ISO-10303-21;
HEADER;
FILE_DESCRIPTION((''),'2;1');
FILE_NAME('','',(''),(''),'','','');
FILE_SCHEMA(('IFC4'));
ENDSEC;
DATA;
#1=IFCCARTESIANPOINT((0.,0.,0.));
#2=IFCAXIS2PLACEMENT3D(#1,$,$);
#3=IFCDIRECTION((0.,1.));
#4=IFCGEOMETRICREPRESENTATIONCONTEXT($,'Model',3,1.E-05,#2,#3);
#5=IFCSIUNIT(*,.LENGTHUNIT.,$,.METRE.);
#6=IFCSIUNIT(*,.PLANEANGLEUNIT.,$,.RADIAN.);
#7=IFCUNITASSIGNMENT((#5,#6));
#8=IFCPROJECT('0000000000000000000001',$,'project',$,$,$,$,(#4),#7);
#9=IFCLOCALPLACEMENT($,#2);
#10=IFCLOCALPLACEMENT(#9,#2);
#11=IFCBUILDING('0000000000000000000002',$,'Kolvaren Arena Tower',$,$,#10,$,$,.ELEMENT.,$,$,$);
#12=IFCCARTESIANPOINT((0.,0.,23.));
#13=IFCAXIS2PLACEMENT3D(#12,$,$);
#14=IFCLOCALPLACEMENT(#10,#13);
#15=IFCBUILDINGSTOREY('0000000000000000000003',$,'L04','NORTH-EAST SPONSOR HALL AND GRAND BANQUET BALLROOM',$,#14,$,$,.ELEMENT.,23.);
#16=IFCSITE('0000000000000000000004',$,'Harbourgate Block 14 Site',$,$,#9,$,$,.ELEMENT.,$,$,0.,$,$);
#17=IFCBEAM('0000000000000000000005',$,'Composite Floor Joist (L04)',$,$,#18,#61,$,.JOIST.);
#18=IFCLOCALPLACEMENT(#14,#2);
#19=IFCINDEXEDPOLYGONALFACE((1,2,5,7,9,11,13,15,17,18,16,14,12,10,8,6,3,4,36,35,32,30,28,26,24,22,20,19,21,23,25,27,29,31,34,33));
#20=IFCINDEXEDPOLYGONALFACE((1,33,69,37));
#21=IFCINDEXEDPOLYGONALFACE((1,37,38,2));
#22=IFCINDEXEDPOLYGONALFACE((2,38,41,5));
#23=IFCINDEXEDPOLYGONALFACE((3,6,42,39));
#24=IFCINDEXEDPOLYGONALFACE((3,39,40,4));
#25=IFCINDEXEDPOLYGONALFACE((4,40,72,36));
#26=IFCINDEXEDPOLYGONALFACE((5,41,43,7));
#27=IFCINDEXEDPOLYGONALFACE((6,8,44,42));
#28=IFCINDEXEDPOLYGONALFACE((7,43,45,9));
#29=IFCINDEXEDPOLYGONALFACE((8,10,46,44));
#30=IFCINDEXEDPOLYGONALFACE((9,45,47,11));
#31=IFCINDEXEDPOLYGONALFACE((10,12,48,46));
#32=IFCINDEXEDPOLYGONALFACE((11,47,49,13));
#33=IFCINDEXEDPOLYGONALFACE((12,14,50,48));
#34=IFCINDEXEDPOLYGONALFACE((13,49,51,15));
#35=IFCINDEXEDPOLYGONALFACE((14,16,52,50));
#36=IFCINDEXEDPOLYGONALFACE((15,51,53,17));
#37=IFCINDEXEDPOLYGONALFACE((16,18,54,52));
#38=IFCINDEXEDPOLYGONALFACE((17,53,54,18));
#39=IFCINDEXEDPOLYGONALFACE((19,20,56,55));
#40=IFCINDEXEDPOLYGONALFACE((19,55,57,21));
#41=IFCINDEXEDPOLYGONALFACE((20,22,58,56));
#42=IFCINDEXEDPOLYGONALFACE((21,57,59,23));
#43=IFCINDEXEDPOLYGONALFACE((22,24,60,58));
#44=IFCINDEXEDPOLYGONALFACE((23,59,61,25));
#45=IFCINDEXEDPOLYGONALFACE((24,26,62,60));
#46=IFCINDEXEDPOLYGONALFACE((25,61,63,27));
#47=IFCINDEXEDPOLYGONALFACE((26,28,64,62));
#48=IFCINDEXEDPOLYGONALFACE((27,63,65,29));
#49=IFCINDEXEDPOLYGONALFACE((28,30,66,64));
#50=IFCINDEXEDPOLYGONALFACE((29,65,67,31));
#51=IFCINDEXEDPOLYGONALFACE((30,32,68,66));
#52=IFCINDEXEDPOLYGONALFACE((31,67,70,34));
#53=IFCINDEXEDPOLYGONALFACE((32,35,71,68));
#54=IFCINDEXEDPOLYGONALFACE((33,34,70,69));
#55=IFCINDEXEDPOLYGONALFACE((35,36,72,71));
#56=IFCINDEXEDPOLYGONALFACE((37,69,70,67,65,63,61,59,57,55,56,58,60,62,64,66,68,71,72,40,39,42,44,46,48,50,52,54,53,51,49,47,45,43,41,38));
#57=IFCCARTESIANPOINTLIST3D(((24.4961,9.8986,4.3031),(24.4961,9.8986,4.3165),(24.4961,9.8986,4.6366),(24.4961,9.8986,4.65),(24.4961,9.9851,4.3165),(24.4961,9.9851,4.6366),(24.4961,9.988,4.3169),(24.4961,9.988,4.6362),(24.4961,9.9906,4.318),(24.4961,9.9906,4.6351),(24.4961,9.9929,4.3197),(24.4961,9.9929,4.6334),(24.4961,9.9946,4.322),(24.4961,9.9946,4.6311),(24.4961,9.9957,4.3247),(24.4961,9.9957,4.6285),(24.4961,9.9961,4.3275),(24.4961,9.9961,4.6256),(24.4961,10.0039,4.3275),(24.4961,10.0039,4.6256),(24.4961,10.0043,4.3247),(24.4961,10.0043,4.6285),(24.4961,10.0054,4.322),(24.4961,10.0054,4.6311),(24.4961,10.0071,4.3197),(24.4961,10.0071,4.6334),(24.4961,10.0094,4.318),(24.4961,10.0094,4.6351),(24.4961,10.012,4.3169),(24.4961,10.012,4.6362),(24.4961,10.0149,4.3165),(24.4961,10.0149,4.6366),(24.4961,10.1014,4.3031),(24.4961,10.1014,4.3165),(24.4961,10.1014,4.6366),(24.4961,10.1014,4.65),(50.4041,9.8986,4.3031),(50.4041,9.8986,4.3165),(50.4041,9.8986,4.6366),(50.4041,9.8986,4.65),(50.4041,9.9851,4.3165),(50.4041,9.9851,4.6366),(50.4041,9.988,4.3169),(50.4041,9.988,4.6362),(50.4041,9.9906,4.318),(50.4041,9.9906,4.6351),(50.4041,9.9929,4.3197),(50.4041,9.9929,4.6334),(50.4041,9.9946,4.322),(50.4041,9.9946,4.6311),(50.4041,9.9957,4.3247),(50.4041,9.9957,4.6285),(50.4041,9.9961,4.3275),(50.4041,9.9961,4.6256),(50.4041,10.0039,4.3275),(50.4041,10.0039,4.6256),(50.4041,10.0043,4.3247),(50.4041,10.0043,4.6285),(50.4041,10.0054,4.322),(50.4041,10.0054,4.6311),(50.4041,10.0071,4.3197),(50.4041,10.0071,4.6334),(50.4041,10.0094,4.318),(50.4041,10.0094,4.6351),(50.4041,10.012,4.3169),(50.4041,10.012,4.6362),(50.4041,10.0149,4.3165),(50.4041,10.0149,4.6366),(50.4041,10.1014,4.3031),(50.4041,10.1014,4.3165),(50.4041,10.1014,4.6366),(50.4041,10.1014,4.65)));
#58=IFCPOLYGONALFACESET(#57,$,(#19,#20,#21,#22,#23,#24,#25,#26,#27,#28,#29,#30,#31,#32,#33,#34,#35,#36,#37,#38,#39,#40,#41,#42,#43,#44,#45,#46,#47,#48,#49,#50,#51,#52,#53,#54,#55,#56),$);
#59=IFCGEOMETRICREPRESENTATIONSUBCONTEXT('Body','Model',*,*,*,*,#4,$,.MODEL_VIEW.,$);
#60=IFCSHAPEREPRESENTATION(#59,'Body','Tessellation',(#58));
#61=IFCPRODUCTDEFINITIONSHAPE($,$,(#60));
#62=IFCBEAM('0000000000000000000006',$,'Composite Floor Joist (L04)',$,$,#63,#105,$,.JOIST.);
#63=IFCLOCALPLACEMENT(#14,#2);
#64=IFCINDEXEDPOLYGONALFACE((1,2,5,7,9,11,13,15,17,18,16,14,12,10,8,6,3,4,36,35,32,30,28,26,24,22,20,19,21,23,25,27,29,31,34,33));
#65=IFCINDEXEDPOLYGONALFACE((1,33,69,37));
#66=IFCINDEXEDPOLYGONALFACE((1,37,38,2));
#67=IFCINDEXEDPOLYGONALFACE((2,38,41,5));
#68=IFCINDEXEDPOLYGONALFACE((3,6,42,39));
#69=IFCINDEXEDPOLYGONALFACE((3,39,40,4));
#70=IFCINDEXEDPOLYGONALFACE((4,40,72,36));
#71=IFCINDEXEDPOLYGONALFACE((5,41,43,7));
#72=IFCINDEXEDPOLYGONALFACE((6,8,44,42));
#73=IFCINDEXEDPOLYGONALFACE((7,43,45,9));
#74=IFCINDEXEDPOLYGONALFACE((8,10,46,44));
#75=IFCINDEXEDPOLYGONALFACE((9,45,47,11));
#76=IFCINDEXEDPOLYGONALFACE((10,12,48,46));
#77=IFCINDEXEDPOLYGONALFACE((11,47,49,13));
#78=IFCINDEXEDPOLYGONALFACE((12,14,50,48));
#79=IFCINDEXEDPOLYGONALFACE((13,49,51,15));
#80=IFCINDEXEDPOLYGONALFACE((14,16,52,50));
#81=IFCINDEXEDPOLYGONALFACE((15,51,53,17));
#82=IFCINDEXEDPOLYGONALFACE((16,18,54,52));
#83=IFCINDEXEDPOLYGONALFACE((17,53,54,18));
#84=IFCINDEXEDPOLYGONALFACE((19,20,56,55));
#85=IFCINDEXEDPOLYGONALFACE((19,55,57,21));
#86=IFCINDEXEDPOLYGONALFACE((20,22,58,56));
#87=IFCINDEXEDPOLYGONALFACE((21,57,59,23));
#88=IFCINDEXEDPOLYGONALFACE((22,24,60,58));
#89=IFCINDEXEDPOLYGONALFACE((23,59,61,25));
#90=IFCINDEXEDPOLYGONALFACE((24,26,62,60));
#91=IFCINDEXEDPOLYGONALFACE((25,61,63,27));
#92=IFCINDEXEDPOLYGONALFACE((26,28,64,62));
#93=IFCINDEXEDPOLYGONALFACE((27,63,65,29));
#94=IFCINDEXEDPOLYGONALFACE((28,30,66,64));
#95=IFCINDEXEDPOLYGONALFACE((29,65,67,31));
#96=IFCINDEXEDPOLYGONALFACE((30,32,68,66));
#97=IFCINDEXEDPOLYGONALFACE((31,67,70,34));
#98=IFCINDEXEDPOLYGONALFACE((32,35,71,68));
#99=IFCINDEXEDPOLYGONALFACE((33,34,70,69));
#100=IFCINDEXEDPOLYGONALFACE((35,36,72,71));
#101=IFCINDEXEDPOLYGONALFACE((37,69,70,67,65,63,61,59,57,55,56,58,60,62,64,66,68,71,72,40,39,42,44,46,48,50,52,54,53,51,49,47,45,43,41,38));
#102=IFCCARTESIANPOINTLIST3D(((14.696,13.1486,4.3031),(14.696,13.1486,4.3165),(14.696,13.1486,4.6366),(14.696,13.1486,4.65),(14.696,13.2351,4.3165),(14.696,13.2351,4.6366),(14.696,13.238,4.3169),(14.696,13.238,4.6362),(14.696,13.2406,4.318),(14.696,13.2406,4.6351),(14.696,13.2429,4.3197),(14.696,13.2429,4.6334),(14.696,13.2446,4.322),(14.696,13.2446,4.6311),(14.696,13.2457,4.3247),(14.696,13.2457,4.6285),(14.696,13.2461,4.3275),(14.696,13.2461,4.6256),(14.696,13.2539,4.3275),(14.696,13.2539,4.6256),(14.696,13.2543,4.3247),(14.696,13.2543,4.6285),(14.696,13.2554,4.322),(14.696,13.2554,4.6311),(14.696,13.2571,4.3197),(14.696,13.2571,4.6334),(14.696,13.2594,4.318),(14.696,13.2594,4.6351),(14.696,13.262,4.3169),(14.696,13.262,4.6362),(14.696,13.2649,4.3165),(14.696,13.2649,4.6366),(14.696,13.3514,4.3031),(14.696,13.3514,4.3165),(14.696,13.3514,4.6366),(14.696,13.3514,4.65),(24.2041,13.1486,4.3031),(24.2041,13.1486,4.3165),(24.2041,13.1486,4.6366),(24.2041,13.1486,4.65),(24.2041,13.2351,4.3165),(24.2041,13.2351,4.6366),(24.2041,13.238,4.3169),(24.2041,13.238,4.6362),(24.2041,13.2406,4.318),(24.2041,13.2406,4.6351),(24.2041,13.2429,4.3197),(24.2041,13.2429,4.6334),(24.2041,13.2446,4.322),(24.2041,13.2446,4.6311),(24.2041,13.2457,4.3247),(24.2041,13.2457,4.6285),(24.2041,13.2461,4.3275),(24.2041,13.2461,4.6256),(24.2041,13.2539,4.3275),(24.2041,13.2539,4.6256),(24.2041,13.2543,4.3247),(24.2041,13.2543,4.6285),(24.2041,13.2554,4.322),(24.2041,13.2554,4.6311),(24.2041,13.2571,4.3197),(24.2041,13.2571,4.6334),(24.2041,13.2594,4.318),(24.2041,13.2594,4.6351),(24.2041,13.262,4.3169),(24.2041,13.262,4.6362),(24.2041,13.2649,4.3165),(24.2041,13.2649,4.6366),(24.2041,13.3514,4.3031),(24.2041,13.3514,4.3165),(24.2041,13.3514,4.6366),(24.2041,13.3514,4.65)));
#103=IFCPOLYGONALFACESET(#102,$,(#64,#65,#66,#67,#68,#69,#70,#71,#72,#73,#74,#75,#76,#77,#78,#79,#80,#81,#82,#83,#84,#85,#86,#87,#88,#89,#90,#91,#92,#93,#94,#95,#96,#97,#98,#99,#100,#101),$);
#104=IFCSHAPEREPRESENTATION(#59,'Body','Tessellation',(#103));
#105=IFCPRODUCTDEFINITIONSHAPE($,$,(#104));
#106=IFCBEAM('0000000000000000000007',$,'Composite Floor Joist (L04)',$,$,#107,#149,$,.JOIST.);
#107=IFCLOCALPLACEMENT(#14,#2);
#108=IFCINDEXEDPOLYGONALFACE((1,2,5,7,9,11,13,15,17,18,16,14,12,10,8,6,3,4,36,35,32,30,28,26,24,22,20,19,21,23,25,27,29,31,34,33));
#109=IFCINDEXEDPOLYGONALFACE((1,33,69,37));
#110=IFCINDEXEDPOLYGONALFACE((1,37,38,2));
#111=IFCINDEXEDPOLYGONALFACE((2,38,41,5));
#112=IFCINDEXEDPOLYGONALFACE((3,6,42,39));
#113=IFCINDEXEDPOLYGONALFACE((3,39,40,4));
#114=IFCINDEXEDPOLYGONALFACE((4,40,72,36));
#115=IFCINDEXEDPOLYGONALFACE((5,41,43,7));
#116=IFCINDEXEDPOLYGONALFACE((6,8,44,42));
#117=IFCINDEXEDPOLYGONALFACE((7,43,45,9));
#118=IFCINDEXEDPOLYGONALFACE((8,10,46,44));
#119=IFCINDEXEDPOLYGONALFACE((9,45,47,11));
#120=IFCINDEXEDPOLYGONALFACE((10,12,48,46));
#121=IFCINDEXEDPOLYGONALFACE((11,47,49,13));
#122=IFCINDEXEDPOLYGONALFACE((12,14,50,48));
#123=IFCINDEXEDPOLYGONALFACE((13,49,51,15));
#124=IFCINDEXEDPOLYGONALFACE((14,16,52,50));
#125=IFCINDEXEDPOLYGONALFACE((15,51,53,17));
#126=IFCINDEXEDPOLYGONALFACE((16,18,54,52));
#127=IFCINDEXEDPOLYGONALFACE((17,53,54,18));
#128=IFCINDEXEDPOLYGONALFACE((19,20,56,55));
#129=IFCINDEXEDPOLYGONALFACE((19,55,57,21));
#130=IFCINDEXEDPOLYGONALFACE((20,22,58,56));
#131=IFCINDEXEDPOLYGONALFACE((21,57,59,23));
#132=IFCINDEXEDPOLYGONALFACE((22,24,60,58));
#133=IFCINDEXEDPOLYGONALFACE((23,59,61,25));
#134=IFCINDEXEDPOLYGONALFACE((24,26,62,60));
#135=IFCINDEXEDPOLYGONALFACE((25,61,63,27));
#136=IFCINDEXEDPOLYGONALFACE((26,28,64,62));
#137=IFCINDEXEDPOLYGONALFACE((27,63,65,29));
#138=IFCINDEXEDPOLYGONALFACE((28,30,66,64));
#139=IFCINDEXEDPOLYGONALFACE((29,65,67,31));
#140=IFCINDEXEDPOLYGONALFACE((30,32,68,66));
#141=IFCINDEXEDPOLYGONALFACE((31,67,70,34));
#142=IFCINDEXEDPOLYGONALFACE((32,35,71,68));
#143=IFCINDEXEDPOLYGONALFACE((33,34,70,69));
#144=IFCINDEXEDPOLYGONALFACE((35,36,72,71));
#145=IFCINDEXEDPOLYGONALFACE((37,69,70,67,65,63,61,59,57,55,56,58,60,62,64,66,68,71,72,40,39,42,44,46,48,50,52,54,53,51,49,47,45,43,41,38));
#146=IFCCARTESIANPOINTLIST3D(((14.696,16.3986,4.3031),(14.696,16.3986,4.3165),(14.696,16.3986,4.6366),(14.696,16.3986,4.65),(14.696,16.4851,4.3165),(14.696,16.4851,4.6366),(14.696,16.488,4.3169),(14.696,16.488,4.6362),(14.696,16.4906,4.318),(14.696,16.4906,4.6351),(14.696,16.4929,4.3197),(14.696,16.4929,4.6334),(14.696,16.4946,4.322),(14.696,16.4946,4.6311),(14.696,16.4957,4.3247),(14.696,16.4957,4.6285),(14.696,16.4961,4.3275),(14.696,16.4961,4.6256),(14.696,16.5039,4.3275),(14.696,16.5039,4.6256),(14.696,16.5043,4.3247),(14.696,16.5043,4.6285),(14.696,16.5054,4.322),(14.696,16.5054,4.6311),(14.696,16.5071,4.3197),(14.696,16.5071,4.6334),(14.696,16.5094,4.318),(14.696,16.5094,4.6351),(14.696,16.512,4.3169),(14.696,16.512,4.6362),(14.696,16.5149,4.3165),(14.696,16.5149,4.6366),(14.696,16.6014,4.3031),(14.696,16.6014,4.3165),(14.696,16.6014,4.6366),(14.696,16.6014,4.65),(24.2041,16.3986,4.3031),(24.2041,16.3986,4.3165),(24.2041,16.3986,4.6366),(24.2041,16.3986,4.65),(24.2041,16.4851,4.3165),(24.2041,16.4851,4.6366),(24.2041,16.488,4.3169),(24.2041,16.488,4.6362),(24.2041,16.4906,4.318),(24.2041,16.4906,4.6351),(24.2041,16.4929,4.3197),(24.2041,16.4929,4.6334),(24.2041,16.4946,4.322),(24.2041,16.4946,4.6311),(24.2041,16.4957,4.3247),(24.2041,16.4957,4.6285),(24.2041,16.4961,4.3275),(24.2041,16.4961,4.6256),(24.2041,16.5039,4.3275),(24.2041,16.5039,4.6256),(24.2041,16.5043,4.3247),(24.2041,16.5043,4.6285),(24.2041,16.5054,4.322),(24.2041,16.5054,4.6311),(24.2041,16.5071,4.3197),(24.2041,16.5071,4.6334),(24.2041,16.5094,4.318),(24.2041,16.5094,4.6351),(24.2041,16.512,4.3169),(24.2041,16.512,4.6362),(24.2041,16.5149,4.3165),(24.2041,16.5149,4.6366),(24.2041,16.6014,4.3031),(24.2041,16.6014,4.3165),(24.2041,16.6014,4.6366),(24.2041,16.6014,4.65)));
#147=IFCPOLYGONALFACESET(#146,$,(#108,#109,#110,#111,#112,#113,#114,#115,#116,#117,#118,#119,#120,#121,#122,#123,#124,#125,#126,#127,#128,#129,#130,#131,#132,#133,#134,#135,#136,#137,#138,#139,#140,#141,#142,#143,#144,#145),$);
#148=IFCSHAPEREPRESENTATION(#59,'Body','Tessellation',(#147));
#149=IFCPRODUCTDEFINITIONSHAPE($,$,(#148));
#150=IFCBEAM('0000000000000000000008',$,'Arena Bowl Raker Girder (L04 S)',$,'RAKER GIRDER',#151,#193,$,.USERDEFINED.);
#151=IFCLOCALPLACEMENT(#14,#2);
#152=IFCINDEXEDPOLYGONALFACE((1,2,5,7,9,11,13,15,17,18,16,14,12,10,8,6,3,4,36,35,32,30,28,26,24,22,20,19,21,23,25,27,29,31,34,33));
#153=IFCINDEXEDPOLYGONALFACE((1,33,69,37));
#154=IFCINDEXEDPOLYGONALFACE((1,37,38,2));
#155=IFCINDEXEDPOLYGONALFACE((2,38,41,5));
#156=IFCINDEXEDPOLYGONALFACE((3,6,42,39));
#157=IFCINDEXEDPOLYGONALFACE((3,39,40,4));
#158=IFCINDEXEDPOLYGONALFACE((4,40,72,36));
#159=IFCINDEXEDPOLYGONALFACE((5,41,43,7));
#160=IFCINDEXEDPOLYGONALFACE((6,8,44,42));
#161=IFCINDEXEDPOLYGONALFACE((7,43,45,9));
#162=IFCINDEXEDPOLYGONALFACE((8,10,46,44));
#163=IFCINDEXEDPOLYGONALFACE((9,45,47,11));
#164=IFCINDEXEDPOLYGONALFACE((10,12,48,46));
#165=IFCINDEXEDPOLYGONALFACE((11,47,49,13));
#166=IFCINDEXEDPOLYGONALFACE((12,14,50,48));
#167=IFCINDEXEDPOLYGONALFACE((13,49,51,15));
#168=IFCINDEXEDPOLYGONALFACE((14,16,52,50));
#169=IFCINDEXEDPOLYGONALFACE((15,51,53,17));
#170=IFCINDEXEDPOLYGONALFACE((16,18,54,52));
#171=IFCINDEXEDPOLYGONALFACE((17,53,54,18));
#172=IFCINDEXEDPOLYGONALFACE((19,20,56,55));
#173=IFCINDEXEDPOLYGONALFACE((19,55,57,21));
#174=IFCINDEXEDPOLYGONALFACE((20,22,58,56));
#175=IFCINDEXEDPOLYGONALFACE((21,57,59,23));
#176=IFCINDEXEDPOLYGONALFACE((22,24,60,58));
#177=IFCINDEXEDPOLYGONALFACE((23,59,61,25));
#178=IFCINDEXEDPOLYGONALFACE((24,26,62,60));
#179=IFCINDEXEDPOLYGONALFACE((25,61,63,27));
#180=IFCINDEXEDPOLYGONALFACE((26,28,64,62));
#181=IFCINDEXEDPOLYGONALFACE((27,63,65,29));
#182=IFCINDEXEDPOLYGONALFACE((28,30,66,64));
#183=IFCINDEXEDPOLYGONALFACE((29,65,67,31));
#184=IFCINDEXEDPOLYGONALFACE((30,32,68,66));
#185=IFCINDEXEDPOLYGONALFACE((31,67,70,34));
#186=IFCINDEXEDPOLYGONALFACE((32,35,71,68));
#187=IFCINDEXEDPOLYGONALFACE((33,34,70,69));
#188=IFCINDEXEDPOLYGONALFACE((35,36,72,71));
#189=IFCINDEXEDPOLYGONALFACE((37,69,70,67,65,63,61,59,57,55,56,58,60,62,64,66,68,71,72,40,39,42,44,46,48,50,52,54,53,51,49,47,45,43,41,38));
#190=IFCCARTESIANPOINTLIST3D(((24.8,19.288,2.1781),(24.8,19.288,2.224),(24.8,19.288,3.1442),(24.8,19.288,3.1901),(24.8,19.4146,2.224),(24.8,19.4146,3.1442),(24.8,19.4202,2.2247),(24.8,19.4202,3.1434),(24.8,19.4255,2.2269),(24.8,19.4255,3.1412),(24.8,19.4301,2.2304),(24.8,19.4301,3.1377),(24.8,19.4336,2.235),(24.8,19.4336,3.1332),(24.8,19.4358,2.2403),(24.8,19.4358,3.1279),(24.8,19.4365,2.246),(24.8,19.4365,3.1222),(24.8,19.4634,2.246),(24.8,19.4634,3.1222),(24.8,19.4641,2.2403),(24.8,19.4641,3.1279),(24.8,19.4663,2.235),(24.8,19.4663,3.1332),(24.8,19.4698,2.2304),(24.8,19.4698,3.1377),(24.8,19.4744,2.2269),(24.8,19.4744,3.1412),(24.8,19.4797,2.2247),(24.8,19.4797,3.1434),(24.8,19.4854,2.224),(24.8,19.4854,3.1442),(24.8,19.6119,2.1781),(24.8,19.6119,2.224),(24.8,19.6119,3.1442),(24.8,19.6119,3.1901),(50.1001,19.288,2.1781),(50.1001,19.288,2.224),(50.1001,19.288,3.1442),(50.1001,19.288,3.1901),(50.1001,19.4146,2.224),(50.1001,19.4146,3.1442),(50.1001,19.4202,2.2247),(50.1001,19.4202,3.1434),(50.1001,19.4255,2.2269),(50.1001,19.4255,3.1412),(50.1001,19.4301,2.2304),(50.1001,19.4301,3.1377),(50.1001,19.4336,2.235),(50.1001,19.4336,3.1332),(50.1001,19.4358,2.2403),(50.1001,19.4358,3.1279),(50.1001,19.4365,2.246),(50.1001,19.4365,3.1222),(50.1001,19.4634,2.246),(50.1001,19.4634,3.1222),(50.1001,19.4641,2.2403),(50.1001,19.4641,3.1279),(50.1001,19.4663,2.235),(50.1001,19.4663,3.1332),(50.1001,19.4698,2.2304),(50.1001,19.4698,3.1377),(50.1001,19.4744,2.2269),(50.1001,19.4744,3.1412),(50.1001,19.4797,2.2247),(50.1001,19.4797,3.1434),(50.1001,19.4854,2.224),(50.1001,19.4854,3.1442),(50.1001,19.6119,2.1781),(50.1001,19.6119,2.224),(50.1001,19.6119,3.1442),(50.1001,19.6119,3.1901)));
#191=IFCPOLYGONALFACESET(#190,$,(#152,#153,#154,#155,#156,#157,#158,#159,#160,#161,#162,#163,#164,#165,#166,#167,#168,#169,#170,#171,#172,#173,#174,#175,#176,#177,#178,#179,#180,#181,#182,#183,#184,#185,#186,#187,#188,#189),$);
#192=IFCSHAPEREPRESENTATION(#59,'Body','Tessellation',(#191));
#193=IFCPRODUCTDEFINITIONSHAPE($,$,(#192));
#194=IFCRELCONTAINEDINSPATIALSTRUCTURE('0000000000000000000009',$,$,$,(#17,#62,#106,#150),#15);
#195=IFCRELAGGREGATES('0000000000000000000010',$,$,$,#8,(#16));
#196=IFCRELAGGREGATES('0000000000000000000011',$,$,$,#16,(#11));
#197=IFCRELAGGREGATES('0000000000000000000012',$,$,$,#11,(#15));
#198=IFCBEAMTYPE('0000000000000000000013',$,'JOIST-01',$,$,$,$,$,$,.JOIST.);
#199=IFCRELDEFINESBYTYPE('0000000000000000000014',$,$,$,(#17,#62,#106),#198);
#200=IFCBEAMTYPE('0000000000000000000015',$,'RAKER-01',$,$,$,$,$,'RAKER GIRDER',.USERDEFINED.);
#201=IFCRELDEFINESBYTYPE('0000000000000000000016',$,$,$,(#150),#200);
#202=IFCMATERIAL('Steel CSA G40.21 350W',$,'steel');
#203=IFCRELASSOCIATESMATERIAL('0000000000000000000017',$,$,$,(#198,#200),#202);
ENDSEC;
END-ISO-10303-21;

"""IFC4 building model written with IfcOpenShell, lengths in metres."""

from ifc_helpers import new_model, si_unit, direction, frame, origin, origin_2d, place, context, subcontext, project, spatial, i_section, extrude, material, material_profile, profile_set, type_object, element, save


model = new_model("IFC4")

# Units and contexts
model_context = context("Model", 3, precision=1e-05, world=origin(), true_north=direction((0.0, 1.0)))
body_context = subcontext(model_context, "Body", "Model", "MODEL_VIEW")
ifc_project = project(units=[si_unit("LENGTHUNIT", "METRE"), si_unit("PLANEANGLEUNIT", "RADIAN")], contexts=[model_context])

# Site, building, storey
site_placement = place(None, origin())
site = spatial("IfcSite", under=ifc_project, at=site_placement, Name="Harbourgate Block 14 Site", CompositionType="ELEMENT", RefElevation=0.0)
building_placement = place(site_placement, origin())
building = spatial("IfcBuilding", under=site, at=building_placement, Name="Kolvaren Arena Tower", CompositionType="ELEMENT")
storey_placement = place(building_placement, frame((0.0, 0.0, 23.0)))
storey = spatial("IfcBuildingStorey", under=building, at=storey_placement, Name="L04", Description="NORTH-EAST SPONSOR HALL AND GRAND BANQUET BALLROOM", CompositionType="ELEMENT", Elevation=23.0)

# Beams
ifc_material_1 = material(Name="Steel CSA G40.21 350W", Category="steel")
ifc_material_profile_1 = material_profile(ifc_material_1, i_section(OverallWidth=0.2029, OverallDepth=0.3469, WebThickness=0.0078, FlangeThickness=0.0134, FilletRadius=0.011, at=origin_2d()), Name="W360x64")
ifc_profile_set_1 = profile_set([ifc_material_profile_1], Name="Steel CSA G40.21 350W")
beam_type_1 = type_object("IfcBeamType", Name="JOIST-01", PredefinedType="JOIST", material=ifc_profile_set_1)
beam_1_placement = place(storey_placement, frame((24.4961, 10.0, 4.4766), z_axis=(1.0, 0.0, 0.0), x_axis=(0.0, 1.0, 0.0)))
element("IfcBeam", 1, at=beam_1_placement, inside=storey, type_object=beam_type_1, Name="Composite Floor Joist (L04)", PredefinedType="JOIST", context=body_context, shape_type="SweptSolid", body=[
    extrude(i_section(OverallWidth=0.2029, OverallDepth=0.3469, WebThickness=0.0078, FlangeThickness=0.0134, FilletRadius=0.011, at=origin_2d()), origin(), (0.0, 0.0, 1.0), 25.908),
])
for number, where, z_axis, x_axis, name in (
    (2, (14.696, 13.25, 4.4766), (1.0, 0.0, 0.0), (0.0, 1.0, 0.0), "Composite Floor Joist (L04)"),
    (3, (14.696, 16.5, 4.4766), (1.0, 0.0, 0.0), (0.0, 1.0, 0.0), "Composite Floor Joist (L04)"),
):
    element("IfcBeam", number, at=place(storey_placement, frame(where, z_axis=z_axis, x_axis=x_axis)), inside=storey, type_object=beam_type_1, Name=name, PredefinedType="JOIST", context=body_context, shape_type="SweptSolid", body=[
        extrude(i_section(OverallWidth=0.2029, OverallDepth=0.3469, WebThickness=0.0078, FlangeThickness=0.0134, FilletRadius=0.011, at=origin_2d()), origin(), (0.0, 0.0, 1.0), 9.5081),
    ])
ifc_material_profile_2 = material_profile(ifc_material_1, i_section(OverallWidth=0.324, OverallDepth=1.012, WebThickness=0.0269, FlangeThickness=0.0459, FilletRadius=0.022, at=origin_2d()), Name="W1000x443")
ifc_profile_set_2 = profile_set([ifc_material_profile_2], Name="Steel CSA G40.21 350W")
beam_type_2 = type_object("IfcBeamType", Name="RAKER-01", ElementType="RAKER GIRDER", PredefinedType="USERDEFINED", material=ifc_profile_set_2)
beam_2_placement = place(storey_placement, frame((24.8, 19.45, 2.6841), z_axis=(1.0, 0.0, 0.0), x_axis=(0.0, 1.0, 0.0)))
element("IfcBeam", 4, at=beam_2_placement, inside=storey, type_object=beam_type_2, Name="Arena Bowl Raker Girder (L04 S)", ObjectType="RAKER GIRDER", PredefinedType="USERDEFINED", context=body_context, shape_type="SweptSolid", body=[
    extrude(i_section(OverallWidth=0.324, OverallDepth=1.012, WebThickness=0.0269, FlangeThickness=0.0459, FilletRadius=0.022, at=origin_2d()), origin(), (0.0, 0.0, 1.0), 25.3),
])

save(model, "model.ifc")
